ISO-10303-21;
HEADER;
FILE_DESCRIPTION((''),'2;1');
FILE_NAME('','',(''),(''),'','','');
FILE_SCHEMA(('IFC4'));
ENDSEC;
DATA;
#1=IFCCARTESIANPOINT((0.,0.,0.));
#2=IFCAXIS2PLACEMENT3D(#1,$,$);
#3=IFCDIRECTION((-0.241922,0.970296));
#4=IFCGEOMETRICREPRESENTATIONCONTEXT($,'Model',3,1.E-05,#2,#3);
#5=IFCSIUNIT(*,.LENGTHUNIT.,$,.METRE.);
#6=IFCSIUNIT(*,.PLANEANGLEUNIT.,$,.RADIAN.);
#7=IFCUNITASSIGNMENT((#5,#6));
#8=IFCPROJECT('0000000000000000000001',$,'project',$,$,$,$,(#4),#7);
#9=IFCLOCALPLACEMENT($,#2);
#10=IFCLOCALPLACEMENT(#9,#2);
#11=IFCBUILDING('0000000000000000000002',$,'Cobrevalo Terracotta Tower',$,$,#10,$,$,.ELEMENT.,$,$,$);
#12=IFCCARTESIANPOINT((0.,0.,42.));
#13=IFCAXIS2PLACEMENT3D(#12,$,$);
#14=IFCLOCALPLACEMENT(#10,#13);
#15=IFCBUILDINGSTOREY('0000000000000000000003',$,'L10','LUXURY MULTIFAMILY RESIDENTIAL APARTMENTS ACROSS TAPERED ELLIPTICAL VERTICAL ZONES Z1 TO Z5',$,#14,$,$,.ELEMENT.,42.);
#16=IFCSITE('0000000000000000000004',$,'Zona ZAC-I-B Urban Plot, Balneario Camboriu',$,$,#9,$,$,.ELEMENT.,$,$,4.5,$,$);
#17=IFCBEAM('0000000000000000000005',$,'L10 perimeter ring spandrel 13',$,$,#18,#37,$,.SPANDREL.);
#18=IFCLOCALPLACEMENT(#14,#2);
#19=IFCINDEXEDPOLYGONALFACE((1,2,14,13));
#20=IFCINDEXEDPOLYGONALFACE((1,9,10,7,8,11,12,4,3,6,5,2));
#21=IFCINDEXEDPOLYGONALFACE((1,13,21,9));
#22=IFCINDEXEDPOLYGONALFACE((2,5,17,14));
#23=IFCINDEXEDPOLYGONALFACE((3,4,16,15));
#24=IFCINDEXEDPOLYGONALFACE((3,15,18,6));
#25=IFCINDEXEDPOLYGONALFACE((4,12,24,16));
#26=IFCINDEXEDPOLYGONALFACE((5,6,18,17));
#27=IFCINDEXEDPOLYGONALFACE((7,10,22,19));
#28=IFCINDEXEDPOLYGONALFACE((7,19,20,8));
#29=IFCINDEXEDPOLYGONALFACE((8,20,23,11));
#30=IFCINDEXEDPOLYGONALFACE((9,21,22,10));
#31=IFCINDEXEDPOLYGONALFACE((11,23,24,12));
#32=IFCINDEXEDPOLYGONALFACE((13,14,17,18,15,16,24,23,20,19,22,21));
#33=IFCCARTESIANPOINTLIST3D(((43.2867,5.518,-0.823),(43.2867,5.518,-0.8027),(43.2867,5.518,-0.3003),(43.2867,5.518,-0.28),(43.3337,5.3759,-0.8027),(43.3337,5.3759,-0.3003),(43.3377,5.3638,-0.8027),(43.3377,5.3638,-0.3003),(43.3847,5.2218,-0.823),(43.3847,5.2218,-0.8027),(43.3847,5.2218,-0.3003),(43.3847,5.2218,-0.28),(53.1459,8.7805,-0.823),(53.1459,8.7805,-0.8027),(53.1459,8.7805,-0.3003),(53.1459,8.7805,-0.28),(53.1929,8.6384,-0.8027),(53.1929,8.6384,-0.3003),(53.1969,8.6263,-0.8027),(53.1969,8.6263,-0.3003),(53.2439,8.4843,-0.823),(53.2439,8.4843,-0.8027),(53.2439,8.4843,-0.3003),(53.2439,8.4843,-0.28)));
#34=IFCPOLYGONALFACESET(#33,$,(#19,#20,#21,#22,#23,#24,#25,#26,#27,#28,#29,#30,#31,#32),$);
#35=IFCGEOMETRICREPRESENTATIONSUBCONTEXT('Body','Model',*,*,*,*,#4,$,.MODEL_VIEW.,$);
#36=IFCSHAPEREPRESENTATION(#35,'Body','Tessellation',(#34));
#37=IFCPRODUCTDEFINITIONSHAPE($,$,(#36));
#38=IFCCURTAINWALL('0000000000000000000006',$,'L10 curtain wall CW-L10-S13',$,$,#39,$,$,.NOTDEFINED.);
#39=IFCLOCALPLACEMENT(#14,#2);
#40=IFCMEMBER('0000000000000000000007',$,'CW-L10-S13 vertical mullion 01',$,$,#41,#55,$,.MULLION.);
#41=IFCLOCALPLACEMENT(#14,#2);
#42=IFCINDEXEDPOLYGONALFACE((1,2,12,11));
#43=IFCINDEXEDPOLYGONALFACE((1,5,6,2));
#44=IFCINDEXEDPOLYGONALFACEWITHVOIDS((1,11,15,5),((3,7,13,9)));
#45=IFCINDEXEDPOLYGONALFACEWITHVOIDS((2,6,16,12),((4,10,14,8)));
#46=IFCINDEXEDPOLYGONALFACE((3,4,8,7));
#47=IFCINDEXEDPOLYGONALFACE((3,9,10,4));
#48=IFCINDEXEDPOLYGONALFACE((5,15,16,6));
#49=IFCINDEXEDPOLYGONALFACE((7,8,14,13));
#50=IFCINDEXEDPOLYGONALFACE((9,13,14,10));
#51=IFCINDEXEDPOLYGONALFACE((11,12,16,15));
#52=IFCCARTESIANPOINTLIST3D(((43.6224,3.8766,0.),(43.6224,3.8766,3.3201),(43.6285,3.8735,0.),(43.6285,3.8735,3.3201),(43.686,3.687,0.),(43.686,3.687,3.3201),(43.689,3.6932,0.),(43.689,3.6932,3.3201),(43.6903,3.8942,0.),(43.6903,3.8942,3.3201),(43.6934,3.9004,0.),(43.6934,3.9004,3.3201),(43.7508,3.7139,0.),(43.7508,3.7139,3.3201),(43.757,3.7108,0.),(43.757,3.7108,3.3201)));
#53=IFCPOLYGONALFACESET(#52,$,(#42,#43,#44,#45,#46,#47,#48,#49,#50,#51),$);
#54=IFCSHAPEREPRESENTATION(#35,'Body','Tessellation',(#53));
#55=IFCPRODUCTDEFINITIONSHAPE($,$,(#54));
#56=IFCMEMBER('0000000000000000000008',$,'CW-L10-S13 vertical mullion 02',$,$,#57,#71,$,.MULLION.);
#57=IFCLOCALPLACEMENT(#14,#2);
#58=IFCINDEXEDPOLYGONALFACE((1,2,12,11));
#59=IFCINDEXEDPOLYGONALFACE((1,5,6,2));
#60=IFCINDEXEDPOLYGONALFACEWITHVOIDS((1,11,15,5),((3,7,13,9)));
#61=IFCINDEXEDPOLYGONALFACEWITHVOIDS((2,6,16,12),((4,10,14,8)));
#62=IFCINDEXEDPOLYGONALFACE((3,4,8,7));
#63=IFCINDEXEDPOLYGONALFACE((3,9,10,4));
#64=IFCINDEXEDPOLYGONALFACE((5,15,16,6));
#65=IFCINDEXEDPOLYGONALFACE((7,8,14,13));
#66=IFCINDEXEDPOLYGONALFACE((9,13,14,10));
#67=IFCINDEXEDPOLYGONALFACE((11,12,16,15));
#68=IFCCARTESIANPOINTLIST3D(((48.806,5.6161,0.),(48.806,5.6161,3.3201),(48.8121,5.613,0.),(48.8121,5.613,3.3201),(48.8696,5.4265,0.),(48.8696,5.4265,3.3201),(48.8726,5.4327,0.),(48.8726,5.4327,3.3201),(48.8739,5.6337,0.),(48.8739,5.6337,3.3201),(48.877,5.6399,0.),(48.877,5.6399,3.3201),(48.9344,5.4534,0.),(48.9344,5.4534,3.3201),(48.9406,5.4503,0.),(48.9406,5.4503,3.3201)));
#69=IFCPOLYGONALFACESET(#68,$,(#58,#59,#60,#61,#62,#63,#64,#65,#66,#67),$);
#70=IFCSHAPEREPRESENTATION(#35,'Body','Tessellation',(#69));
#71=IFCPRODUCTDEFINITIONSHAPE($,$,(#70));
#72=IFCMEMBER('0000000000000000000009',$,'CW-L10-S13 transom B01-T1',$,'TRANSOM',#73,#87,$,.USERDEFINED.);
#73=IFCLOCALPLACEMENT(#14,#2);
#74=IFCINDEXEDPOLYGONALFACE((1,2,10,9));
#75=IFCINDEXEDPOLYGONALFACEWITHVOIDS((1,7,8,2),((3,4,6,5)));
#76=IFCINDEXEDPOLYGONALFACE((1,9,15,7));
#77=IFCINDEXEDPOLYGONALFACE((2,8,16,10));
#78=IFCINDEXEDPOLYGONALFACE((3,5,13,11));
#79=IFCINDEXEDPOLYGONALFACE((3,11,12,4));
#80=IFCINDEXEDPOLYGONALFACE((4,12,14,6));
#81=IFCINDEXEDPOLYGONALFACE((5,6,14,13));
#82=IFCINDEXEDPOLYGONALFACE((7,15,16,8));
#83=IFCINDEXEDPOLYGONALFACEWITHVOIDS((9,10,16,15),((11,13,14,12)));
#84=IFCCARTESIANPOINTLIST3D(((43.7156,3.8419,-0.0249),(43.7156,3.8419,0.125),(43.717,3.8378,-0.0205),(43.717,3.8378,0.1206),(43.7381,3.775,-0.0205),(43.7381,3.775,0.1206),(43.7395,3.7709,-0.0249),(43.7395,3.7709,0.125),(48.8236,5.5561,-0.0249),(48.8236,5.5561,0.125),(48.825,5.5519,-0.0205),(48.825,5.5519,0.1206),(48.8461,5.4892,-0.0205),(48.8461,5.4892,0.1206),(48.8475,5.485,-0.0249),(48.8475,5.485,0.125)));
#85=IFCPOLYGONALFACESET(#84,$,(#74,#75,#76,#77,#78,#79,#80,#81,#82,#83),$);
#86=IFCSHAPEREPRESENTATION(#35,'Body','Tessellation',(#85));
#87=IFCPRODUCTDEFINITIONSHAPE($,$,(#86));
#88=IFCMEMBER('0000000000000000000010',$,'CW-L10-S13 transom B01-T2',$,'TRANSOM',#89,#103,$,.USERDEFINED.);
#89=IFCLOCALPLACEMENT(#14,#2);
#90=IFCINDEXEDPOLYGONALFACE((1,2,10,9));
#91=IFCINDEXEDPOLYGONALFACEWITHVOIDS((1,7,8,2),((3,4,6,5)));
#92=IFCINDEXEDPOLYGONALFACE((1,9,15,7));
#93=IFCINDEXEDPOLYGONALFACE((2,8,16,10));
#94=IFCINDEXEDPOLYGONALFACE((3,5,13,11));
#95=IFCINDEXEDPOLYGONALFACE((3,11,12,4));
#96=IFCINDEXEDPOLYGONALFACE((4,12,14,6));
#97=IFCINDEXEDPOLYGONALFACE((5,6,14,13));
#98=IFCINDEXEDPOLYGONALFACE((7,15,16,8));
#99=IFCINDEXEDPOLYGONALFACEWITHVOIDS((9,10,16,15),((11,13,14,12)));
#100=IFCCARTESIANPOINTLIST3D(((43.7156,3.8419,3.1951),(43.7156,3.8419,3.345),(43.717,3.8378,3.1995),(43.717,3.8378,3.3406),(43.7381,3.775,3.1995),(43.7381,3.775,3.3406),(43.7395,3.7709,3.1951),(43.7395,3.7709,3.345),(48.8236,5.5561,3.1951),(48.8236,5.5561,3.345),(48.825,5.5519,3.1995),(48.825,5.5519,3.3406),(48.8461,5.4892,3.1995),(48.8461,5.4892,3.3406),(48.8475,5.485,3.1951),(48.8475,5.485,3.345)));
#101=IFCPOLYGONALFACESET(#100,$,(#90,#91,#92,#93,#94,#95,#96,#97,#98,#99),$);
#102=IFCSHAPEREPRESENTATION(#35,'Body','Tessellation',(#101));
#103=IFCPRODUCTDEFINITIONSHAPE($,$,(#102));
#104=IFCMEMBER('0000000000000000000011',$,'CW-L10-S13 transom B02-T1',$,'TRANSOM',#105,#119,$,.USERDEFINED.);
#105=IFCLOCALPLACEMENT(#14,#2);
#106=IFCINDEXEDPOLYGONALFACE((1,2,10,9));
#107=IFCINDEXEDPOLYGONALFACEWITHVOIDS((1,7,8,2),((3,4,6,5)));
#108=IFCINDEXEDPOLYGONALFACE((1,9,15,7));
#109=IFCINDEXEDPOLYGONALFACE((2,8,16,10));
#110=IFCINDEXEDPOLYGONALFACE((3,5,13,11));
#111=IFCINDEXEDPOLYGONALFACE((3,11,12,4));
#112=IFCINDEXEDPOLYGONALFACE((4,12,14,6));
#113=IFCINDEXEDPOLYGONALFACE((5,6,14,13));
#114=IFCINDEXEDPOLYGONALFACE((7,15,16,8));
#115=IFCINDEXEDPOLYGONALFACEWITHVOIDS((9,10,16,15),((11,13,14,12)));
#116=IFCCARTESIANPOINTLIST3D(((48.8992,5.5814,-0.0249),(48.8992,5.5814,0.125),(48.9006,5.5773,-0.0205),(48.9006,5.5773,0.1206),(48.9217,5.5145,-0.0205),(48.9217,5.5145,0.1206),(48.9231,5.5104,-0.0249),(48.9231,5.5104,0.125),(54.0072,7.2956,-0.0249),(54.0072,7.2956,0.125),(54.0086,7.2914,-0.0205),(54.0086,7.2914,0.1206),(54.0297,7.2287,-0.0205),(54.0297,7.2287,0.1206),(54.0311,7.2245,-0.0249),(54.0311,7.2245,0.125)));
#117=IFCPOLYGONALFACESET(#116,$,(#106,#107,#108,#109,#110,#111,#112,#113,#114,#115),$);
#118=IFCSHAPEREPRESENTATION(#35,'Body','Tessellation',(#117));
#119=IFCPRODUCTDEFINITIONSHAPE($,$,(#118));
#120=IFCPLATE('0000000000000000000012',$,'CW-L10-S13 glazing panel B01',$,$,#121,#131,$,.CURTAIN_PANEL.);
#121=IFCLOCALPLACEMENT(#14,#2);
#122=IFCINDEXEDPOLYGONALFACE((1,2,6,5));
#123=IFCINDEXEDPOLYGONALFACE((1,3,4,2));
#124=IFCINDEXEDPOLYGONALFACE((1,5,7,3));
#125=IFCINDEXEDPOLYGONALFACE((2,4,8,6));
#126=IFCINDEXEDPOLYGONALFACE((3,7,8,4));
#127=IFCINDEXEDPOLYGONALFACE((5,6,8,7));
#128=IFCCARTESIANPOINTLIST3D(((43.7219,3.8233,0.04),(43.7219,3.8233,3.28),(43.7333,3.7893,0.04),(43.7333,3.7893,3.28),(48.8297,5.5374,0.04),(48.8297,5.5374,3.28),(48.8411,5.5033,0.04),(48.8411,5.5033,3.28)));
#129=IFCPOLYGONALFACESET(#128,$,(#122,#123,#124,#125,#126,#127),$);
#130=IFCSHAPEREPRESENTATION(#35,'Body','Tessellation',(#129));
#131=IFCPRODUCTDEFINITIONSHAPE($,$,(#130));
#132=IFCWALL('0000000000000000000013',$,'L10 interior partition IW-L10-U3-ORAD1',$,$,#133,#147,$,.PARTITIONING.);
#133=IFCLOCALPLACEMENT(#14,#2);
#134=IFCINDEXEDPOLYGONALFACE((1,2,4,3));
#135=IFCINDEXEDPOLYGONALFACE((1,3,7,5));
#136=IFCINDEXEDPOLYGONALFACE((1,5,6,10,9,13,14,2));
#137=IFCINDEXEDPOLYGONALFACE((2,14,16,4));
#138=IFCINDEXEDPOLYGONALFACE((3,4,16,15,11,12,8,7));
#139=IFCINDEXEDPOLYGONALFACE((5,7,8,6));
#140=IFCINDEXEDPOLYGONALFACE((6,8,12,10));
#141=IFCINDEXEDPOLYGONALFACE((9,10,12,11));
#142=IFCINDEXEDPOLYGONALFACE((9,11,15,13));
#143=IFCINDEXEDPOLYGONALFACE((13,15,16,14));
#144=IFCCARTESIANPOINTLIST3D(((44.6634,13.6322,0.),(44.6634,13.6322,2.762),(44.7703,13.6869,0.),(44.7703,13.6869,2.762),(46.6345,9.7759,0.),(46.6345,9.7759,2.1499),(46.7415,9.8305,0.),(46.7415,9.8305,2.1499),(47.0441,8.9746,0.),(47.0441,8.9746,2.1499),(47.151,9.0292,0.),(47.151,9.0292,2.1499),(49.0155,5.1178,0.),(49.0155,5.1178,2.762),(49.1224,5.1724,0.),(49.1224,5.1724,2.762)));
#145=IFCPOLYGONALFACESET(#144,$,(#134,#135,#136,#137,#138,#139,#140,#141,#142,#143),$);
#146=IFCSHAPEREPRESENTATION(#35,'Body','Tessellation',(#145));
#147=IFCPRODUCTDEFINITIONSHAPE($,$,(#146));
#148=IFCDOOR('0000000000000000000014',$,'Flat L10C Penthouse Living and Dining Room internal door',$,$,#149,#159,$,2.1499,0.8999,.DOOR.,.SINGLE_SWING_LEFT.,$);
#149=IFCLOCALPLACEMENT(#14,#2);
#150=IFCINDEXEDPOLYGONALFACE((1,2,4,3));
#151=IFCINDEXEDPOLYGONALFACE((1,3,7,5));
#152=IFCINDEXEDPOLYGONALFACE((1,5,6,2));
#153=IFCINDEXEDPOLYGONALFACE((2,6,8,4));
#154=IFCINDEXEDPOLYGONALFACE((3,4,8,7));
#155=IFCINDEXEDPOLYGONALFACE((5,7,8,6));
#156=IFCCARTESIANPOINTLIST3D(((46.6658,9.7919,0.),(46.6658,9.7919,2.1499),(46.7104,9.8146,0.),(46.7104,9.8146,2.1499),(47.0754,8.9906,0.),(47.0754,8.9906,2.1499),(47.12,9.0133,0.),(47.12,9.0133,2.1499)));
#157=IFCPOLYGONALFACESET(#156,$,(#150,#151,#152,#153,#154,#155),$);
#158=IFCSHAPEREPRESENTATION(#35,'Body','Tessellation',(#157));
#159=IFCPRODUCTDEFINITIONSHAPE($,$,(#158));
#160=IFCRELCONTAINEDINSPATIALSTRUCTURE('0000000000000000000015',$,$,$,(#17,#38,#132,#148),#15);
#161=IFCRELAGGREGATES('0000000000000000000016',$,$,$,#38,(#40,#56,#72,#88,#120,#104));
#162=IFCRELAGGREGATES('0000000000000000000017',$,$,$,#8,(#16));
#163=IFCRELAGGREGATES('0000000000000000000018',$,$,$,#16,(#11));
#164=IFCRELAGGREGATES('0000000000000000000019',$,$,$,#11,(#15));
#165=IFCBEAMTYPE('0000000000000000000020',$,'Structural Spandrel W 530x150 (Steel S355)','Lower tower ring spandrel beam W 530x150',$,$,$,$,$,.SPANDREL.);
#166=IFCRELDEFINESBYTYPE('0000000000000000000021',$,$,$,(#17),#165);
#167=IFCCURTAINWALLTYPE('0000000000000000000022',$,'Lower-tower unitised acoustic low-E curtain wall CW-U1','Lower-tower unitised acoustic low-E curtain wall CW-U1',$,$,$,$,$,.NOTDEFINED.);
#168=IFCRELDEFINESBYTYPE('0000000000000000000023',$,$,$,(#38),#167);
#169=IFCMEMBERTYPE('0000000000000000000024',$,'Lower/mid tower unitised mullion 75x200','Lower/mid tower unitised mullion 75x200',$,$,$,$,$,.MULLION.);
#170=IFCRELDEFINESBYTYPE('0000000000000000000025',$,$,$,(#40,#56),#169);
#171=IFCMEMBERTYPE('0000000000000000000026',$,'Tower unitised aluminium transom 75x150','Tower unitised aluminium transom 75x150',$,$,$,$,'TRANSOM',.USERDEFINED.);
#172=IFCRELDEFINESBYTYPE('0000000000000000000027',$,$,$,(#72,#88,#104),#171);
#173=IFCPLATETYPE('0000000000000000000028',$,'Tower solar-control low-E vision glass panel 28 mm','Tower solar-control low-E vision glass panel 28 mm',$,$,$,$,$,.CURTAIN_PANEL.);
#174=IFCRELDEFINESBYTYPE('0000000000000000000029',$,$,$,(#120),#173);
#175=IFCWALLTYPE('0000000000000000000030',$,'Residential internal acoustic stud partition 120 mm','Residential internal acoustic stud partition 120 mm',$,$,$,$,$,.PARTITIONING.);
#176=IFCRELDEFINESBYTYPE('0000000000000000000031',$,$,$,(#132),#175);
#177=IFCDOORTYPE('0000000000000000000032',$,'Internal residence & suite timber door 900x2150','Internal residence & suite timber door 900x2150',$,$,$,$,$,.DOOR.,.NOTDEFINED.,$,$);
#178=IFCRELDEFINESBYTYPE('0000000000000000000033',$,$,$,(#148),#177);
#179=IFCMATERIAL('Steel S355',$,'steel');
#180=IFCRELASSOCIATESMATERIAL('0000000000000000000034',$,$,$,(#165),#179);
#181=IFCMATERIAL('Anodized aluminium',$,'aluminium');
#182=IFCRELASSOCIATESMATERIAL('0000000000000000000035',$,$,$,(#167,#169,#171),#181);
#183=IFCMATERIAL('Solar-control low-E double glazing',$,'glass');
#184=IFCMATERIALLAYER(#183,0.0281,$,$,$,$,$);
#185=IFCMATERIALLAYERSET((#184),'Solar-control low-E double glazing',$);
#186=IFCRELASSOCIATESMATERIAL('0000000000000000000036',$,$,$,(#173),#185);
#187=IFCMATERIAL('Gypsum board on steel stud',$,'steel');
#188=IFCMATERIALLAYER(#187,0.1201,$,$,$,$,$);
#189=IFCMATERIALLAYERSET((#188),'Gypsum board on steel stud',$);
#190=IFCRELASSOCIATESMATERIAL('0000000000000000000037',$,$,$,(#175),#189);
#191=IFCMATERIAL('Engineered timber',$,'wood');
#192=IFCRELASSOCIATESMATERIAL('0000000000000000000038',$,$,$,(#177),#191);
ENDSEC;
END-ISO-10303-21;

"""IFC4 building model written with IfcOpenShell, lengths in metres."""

from ifc_helpers import new_model, si_unit, direction, frame, frame_2d, origin, origin_2d, place, context, subcontext, project, spatial, rectangle, hollow_rectangle, i_section, extrude, source, transform, mapped, material, layer, layer_set, material_profile, profile_set, type_object, element, fill, aggregate, save


model = new_model("IFC4")

# Units and contexts
model_context = context("Model", 3, precision=1e-05, world=origin(), true_north=direction((-0.241922, 0.970296)))
body_context = subcontext(model_context, "Body", "Model", "MODEL_VIEW")
ifc_project = project(units=[si_unit("LENGTHUNIT", "METRE"), si_unit("PLANEANGLEUNIT", "RADIAN")], contexts=[model_context])

# Site, building, storey
site_placement = place(None, origin())
site = spatial("IfcSite", under=ifc_project, at=site_placement, Name="Zona ZAC-I-B Urban Plot, Balneario Camboriu", CompositionType="ELEMENT", RefElevation=4.5)
building_placement = place(site_placement, origin())
building = spatial("IfcBuilding", under=site, at=building_placement, Name="Cobrevalo Terracotta Tower", CompositionType="ELEMENT")
storey_placement = place(building_placement, frame((0.0, 0.0, 42.0)))
storey = spatial("IfcBuildingStorey", under=building, at=storey_placement, Name="L10", Description="LUXURY MULTIFAMILY RESIDENTIAL APARTMENTS ACROSS TAPERED ELLIPTICAL VERTICAL ZONES Z1 TO Z5", CompositionType="ELEMENT", Elevation=42.0)

# Shared definitions
ifc_material_1 = material(Name="Steel S355", Category="steel")

# Beam
ifc_material_profile_1 = material_profile(ifc_material_1, i_section(OverallWidth=0.312, OverallDepth=0.543, WebThickness=0.0127, FlangeThickness=0.0203, at=origin_2d()), Name="W 530x150")
ifc_profile_set_1 = profile_set([ifc_material_profile_1], Name="Steel S355")
beam_type_1 = type_object("IfcBeamType", Name="Structural Spandrel W 530x150 (Steel S355)", Description="Lower tower ring spandrel beam W 530x150", PredefinedType="SPANDREL", material=ifc_profile_set_1)
beam_1_placement = place(storey_placement, frame((43.3357, 5.3699, -0.5515), z_axis=(0.949372, 0.314153, 0.0), x_axis=(-0.314153, 0.949372, 0.0)))
element("IfcBeam", 1, at=beam_1_placement, inside=storey, type_object=beam_type_1, Name="L10 perimeter ring spandrel 13", PredefinedType="SPANDREL", context=body_context, shape_type="SweptSolid", body=[
    extrude(i_section(OverallWidth=0.312, OverallDepth=0.543, WebThickness=0.0127, FlangeThickness=0.0203, at=origin_2d()), origin(), (0.0, 0.0, 1.0), 10.385),
])

# Curtain wall, members, plate
ifc_material_2 = material(Name="Anodized aluminium", Category="aluminium")
curtain_wall_type = type_object("IfcCurtainWallType", Name="Lower-tower unitised acoustic low-E curtain wall CW-U1", Description="Lower-tower unitised acoustic low-E curtain wall CW-U1", PredefinedType="NOTDEFINED", material=ifc_material_2)
curtain_wall_placement = place(storey_placement, origin())
curtain_wall = element("IfcCurtainWall", 2, at=curtain_wall_placement, inside=storey, type_object=curtain_wall_type, Name="L10 curtain wall CW-L10-S13", PredefinedType="NOTDEFINED")
ifc_material_profile_2 = material_profile(ifc_material_2, hollow_rectangle(XDim=0.075, YDim=0.2, WallThickness=0.0049, at=origin_2d()), Name="CWM 75x200")
ifc_profile_set_2 = profile_set([ifc_material_profile_2], Name="Anodized aluminium")
member_type_1 = type_object("IfcMemberType", Name="Lower/mid tower unitised mullion 75x200", Description="Lower/mid tower unitised mullion 75x200", PredefinedType="MULLION", material=ifc_profile_set_2)
shared_shape_1 = source(origin(), body_context, "Body", "SweptSolid", [
    extrude(hollow_rectangle(XDim=0.075, YDim=0.2, WallThickness=0.0049, at=origin_2d()), origin(), (0.0, 0.0, 1.0), 3.3201),
])
member_1_placement = place(storey_placement, frame((43.6897, 3.7937, 0.0), z_axis=(0.0, 0.0, 1.0), x_axis=(0.948046, 0.318132, 0.0)))
member_1 = element("IfcMember", 3, at=member_1_placement, type_object=member_type_1, Name="CW-L10-S13 vertical mullion 01", PredefinedType="MULLION", context=body_context, shape_type="MappedRepresentation", body=[
    mapped(shared_shape_1, transform((0.0, 0.0, 0.0), scale=1.0)),
])
member_2_placement = place(storey_placement, frame((48.8733, 5.5332, 0.0), z_axis=(0.0, 0.0, 1.0), x_axis=(0.948046, 0.318132, 0.0)))
member_2 = element("IfcMember", 4, at=member_2_placement, type_object=member_type_1, Name="CW-L10-S13 vertical mullion 02", PredefinedType="MULLION", context=body_context, shape_type="MappedRepresentation", body=[
    mapped(shared_shape_1, transform((0.0, 0.0, 0.0), scale=1.0)),
])
ifc_material_profile_3 = material_profile(ifc_material_2, hollow_rectangle(XDim=0.075, YDim=0.1499, WallThickness=0.0044, at=origin_2d()), Name="CWT 75x150")
ifc_profile_set_3 = profile_set([ifc_material_profile_3], Name="Anodized aluminium")
member_type_2 = type_object("IfcMemberType", Name="Tower unitised aluminium transom 75x150", Description="Tower unitised aluminium transom 75x150", ElementType="TRANSOM", PredefinedType="USERDEFINED", material=ifc_profile_set_3)
shared_shape_2 = source(origin(), body_context, "Body", "SweptSolid", [
    extrude(hollow_rectangle(XDim=0.075, YDim=0.1499, WallThickness=0.0044, at=origin_2d()), origin(), (0.0, 0.0, 1.0), 5.3879),
])
member_3_placement = place(storey_placement, frame((43.7275, 3.8064, 0.05), z_axis=(0.948042, 0.318144, 0.0), x_axis=(-0.318144, 0.948042, 0.0)))
member_3 = element("IfcMember", 5, at=member_3_placement, type_object=member_type_2, Name="CW-L10-S13 transom B01-T1", ObjectType="TRANSOM", PredefinedType="USERDEFINED", context=body_context, shape_type="MappedRepresentation", body=[
    mapped(shared_shape_2, transform((0.0, 0.0, 0.0), scale=1.0)),
])
member_4_placement = place(storey_placement, frame((43.7275, 3.8064, 3.27), z_axis=(0.948042, 0.318144, 0.0), x_axis=(-0.318144, 0.948042, 0.0)))
member_4 = element("IfcMember", 6, at=member_4_placement, type_object=member_type_2, Name="CW-L10-S13 transom B01-T2", ObjectType="TRANSOM", PredefinedType="USERDEFINED", context=body_context, shape_type="MappedRepresentation", body=[
    mapped(shared_shape_2, transform((0.0, 0.0, 0.0), scale=1.0)),
])
member_5_placement = place(storey_placement, frame((48.9111, 5.5459, 0.05), z_axis=(0.948042, 0.318144, 0.0), x_axis=(-0.318144, 0.948042, 0.0)))
member_5 = element("IfcMember", 7, at=member_5_placement, type_object=member_type_2, Name="CW-L10-S13 transom B02-T1", ObjectType="TRANSOM", PredefinedType="USERDEFINED", context=body_context, shape_type="MappedRepresentation", body=[
    mapped(shared_shape_2, transform((0.0, 0.0, 0.0), scale=1.0)),
])
ifc_material_3 = material(Name="Solar-control low-E double glazing", Category="glass")
ifc_layer_1 = layer(ifc_material_3, 0.0281)
ifc_layer_set_1 = layer_set([ifc_layer_1], Name="Solar-control low-E double glazing")
plate_type = type_object("IfcPlateType", Name="Tower solar-control low-E vision glass panel 28 mm", Description="Tower solar-control low-E vision glass panel 28 mm", PredefinedType="CURTAIN_PANEL", material=ifc_layer_set_1)
shared_shape_3 = source(origin(), body_context, "Body", "SweptSolid", [
    extrude(rectangle(XDim=5.3877, YDim=0.0359, at=origin_2d()), origin(), (0.0, 0.0, 1.0), 3.24),
])
plate_placement = place(storey_placement, frame((46.2815, 4.6633, 0.04), z_axis=(0.0, 0.0, 1.0), x_axis=(0.948044, 0.318139, 0.0)))
plate = element("IfcPlate", 8, at=plate_placement, type_object=plate_type, Name="CW-L10-S13 glazing panel B01", PredefinedType="CURTAIN_PANEL", context=body_context, shape_type="MappedRepresentation", body=[
    mapped(shared_shape_3, transform((0.0, 0.0, 0.0), scale=1.0)),
])
aggregate(curtain_wall, [member_1, member_2, member_3, member_4, plate, member_5])

# Wall, opening, door
ifc_material_4 = material(Name="Gypsum board on steel stud", Category="steel")
ifc_layer_2 = layer(ifc_material_4, 0.1201)
ifc_layer_set_2 = layer_set([ifc_layer_2], Name="Gypsum board on steel stud")
wall_type = type_object("IfcWallType", Name="Residential internal acoustic stud partition 120 mm", Description="Residential internal acoustic stud partition 120 mm", PredefinedType="PARTITIONING", material=ifc_layer_set_2)
wall_1_placement = place(storey_placement, frame((44.7168, 13.6597, 0.0), z_axis=(0.0, 0.0, 1.0), x_axis=(0.455131, -0.890424, 0.0)))
wall_1 = element("IfcWall", 9, at=wall_1_placement, inside=storey, type_object=wall_type, Name="L10 interior partition IW-L10-U3-ORAD1", PredefinedType="PARTITIONING", context=body_context, shape_type="SweptSolid", body=[
    extrude(rectangle(XDim=9.5623, YDim=0.1201, at=frame_2d((4.7812, 0.0))), origin(), (0.0, 0.0, 1.0), 2.762),
])
opening_1_placement = place(wall_1_placement, frame((4.3311, 0.0, 0.0)))
opening_1 = element("IfcOpeningElement", 10, at=opening_1_placement, cuts=wall_1, PredefinedType="OPENING", context=body_context, shape_type="SweptSolid", body=[
    extrude(rectangle(XDim=0.8999, YDim=2.1499, at=frame_2d((0.45, 1.075))), frame((0.0, 0.0701, 0.0), z_axis=(0.0, -1.0, 0.0), x_axis=(1.0, 0.0, 0.0)), (0.0, 0.0, 1.0), 0.1401),
])
ifc_material_5 = material(Name="Engineered timber", Category="wood")
door_type_1 = type_object("IfcDoorType", Name="Internal residence & suite timber door 900x2150", Description="Internal residence & suite timber door 900x2150", OperationType="NOTDEFINED", PredefinedType="DOOR", material=ifc_material_5)
shared_shape_4 = source(origin(), body_context, "Body", "SweptSolid", [
    extrude(rectangle(XDim=0.8999, YDim=2.1499, at=frame_2d((0.45, 1.075))), frame((0.0, 0.0249, 0.0), z_axis=(0.0, -1.0, 0.0), x_axis=(1.0, 0.0, 0.0)), (0.0, 0.0, 1.0), 0.05),
])
door_1_placement = place(opening_1_placement, frame((0.8999, 0.0, 0.0), z_axis=(0.0, 0.0, 1.0), x_axis=(-1.0, 0.0, 0.0)))
door_1 = element("IfcDoor", 11, at=door_1_placement, inside=storey, type_object=door_type_1, Name="Flat L10C Penthouse Living and Dining Room internal door", OperationType="SINGLE_SWING_LEFT", OverallHeight=2.1499, OverallWidth=0.8999, PredefinedType="DOOR", context=body_context, shape_type="MappedRepresentation", body=[
    mapped(shared_shape_4, transform((0.0, 0.0, 0.0), scale=1.0)),
])
fill(opening_1, door_1)

save(model, "model.ifc")
